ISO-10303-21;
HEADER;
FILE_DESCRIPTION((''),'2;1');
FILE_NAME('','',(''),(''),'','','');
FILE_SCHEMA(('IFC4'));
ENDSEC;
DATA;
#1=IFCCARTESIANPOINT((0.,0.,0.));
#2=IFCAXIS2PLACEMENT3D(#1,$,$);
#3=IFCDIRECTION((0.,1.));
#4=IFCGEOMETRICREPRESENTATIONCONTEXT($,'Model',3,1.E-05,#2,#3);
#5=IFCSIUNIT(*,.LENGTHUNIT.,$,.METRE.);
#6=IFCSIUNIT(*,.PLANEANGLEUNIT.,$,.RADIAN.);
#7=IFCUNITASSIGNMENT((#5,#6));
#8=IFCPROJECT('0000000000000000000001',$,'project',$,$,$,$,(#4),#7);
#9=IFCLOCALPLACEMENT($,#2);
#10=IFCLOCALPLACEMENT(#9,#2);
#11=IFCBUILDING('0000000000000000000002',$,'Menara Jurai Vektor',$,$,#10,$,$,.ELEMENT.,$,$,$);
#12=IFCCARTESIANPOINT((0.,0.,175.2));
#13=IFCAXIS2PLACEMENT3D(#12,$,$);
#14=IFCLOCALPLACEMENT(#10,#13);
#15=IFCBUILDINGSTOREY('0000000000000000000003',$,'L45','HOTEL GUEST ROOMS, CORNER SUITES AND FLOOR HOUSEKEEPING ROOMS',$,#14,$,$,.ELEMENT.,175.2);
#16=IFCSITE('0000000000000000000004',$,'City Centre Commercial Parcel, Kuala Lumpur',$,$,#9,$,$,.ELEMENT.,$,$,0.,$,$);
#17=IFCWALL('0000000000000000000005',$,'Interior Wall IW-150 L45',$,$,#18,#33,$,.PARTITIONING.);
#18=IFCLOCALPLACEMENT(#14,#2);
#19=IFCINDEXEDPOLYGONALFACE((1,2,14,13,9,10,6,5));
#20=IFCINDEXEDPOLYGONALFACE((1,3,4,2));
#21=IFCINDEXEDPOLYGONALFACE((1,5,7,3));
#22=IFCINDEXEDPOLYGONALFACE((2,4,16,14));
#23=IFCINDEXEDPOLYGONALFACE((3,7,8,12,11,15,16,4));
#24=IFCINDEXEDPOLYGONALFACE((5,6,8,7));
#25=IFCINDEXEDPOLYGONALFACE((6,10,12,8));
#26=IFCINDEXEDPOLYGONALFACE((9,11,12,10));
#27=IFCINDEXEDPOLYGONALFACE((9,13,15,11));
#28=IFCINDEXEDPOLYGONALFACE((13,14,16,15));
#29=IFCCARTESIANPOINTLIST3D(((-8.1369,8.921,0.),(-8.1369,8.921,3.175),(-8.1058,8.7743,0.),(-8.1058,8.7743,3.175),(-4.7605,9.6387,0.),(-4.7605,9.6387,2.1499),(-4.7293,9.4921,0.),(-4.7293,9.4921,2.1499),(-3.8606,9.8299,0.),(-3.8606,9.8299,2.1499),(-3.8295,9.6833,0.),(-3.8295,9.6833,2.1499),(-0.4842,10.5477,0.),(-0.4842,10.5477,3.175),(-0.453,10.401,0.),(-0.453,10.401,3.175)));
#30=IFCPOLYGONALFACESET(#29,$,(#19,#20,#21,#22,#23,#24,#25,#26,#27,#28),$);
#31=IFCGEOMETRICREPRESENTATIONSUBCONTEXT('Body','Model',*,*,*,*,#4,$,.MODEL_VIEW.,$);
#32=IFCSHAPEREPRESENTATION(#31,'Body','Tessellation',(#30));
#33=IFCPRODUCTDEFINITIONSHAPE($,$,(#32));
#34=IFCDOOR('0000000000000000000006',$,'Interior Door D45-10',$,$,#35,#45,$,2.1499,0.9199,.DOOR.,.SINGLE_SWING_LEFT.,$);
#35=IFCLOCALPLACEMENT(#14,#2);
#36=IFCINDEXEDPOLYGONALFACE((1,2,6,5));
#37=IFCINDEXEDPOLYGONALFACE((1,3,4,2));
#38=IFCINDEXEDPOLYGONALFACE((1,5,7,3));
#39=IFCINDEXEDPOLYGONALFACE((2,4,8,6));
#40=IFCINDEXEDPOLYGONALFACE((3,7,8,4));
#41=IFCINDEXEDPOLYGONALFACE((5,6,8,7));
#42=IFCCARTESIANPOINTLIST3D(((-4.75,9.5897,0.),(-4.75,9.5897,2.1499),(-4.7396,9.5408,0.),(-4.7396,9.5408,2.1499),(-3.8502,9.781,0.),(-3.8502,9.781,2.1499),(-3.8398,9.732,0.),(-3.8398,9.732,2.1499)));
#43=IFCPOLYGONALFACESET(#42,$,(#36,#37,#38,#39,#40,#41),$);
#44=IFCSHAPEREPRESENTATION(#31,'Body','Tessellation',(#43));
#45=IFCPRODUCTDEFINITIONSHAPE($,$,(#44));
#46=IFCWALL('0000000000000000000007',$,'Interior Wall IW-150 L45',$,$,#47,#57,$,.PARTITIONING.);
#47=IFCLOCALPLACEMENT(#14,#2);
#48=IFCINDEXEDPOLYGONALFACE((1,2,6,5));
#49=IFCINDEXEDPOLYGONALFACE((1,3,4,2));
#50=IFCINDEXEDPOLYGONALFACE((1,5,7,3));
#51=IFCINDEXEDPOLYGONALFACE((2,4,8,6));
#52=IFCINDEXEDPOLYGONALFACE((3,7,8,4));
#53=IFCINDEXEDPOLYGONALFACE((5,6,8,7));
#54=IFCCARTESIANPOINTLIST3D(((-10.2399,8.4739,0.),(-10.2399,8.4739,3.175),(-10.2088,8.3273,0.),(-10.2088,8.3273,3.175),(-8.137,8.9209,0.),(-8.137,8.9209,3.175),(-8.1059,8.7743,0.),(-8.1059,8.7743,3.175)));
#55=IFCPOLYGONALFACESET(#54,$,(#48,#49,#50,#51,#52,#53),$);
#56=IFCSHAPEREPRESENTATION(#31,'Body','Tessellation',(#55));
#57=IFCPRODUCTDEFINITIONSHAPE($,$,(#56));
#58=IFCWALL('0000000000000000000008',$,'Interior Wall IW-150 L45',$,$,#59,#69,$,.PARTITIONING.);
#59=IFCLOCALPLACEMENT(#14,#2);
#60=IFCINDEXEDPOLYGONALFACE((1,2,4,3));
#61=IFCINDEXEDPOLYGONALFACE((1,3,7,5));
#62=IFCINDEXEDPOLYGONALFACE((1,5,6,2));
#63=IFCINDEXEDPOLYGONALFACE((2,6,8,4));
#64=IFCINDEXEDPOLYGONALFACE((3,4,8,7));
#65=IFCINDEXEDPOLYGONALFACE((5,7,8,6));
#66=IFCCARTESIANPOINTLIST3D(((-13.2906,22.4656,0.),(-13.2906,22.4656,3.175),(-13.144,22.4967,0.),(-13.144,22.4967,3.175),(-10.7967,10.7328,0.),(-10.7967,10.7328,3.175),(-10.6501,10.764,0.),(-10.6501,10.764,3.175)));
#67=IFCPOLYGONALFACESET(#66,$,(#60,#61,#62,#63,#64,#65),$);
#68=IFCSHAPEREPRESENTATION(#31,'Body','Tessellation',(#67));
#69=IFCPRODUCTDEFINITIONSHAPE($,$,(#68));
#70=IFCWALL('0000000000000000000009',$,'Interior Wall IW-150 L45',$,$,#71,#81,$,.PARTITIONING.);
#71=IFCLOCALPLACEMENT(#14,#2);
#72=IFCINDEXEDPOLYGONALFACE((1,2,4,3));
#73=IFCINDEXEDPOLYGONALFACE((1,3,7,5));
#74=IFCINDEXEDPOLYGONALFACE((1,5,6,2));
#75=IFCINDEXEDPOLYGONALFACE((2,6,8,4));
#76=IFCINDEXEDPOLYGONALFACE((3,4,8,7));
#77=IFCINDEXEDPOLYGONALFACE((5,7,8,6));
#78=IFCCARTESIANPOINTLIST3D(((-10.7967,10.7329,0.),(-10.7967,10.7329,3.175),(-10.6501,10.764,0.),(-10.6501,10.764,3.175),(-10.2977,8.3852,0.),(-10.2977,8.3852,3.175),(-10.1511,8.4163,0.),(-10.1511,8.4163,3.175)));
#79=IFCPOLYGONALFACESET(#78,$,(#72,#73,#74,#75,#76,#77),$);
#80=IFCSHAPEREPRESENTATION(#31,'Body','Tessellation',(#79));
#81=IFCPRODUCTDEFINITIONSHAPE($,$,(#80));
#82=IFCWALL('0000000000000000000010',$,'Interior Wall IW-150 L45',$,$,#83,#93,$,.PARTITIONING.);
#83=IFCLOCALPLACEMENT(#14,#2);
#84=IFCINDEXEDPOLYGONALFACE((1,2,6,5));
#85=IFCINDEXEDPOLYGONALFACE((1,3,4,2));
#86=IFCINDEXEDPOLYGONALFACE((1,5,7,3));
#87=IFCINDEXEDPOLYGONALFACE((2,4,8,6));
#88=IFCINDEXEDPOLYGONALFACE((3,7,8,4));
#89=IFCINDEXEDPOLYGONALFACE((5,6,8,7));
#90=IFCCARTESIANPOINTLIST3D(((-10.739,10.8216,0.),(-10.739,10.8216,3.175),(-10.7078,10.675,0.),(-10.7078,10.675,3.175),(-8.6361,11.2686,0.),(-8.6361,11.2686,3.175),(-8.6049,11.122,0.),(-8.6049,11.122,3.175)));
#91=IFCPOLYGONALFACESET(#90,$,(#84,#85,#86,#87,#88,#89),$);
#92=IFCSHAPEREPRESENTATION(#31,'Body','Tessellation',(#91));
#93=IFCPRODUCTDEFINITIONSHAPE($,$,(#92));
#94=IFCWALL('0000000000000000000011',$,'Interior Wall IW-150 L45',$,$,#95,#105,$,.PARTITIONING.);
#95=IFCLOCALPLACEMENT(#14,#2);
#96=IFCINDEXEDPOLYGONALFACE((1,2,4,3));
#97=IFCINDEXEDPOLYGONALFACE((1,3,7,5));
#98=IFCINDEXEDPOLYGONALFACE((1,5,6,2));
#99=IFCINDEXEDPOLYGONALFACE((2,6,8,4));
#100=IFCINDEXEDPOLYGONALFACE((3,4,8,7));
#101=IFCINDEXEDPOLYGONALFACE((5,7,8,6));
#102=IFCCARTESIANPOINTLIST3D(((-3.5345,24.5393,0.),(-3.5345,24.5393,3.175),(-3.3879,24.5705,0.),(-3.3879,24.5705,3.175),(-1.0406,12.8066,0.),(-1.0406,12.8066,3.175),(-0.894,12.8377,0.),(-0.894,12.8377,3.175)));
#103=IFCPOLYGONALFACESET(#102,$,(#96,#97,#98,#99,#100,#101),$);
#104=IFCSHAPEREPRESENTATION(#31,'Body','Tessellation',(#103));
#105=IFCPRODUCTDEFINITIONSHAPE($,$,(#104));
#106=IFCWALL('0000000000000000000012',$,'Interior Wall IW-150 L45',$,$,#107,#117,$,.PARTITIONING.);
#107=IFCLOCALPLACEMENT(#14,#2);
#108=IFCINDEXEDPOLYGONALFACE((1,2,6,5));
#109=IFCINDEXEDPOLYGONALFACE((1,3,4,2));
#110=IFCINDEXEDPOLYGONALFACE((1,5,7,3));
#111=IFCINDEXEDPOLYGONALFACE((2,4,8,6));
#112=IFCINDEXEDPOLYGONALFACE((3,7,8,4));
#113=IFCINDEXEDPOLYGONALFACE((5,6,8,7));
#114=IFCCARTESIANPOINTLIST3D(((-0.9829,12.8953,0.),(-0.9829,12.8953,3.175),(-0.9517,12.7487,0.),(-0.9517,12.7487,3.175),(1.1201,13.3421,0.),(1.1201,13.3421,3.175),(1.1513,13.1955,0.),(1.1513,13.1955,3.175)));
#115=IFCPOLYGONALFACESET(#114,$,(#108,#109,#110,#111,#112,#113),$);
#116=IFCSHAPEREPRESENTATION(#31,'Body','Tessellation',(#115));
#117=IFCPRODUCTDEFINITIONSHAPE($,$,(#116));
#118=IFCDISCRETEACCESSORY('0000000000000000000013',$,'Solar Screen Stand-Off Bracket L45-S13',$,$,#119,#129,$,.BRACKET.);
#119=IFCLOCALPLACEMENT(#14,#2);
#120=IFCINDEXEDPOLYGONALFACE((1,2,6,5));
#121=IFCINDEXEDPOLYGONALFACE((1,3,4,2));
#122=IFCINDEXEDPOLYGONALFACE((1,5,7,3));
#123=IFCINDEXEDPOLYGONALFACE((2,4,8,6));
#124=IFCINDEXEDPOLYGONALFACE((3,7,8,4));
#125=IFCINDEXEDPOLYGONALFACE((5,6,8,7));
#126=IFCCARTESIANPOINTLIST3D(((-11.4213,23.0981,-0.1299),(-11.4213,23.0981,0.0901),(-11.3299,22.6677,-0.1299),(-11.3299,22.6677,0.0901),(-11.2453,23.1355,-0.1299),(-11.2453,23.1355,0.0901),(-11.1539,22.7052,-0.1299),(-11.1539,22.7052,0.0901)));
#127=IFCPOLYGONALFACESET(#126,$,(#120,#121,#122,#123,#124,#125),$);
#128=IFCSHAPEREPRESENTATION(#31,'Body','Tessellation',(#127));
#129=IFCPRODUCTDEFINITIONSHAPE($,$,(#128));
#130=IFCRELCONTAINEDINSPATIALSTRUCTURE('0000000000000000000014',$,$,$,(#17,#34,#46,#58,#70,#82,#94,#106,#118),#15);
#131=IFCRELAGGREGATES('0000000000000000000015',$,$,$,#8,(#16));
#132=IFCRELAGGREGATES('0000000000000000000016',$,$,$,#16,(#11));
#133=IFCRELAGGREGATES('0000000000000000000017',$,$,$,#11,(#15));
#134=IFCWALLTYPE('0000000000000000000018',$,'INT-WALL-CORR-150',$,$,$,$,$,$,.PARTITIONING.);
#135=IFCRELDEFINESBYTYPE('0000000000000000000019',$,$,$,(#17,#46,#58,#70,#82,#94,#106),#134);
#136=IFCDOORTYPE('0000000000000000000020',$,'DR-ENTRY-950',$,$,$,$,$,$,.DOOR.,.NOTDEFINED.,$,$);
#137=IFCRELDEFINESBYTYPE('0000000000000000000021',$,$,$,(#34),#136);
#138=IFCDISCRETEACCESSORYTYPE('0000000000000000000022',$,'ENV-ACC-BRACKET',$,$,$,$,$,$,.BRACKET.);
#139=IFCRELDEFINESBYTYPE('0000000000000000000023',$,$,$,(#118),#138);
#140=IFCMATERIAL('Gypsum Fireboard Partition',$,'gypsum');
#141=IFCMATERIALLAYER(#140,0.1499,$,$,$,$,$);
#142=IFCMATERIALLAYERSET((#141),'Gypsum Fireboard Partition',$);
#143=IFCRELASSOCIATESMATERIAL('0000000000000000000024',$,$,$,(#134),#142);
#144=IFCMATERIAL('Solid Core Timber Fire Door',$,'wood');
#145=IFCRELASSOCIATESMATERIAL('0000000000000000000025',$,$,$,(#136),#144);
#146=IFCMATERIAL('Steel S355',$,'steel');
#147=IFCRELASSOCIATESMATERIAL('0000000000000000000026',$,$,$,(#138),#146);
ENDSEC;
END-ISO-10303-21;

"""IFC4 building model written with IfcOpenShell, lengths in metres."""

from ifc_helpers import new_model, si_unit, direction, frame, frame_2d, origin, origin_2d, place, context, subcontext, project, spatial, rectangle, extrude, material, layer, layer_set, type_object, element, fill, save


model = new_model("IFC4")

# Units and contexts
model_context = context("Model", 3, precision=1e-05, world=origin(), true_north=direction((0.0, 1.0)))
body_context = subcontext(model_context, "Body", "Model", "MODEL_VIEW")
ifc_project = project(units=[si_unit("LENGTHUNIT", "METRE"), si_unit("PLANEANGLEUNIT", "RADIAN")], contexts=[model_context])

# Site, building, storey
site_placement = place(None, origin())
site = spatial("IfcSite", under=ifc_project, at=site_placement, Name="City Centre Commercial Parcel, Kuala Lumpur", CompositionType="ELEMENT", RefElevation=0.0)
building_placement = place(site_placement, origin())
building = spatial("IfcBuilding", under=site, at=building_placement, Name="Menara Jurai Vektor", CompositionType="ELEMENT")
storey_placement = place(building_placement, frame((0.0, 0.0, 175.2)))
storey = spatial("IfcBuildingStorey", under=building, at=storey_placement, Name="L45", Description="HOTEL GUEST ROOMS, CORNER SUITES AND FLOOR HOUSEKEEPING ROOMS", CompositionType="ELEMENT", Elevation=175.2)

# Shared definitions
ifc_material_1 = material(Name="Steel S355", Category="steel")

# Wall, opening, door
ifc_material_2 = material(Name="Gypsum Fireboard Partition", Category="gypsum")
ifc_layer_1 = layer(ifc_material_2, 0.1499)
ifc_layer_set_1 = layer_set([ifc_layer_1], Name="Gypsum Fireboard Partition")
wall_type = type_object("IfcWallType", Name="INT-WALL-CORR-150", PredefinedType="PARTITIONING", material=ifc_layer_set_1)
wall_1_placement = place(storey_placement, frame((-8.1213, 8.8477, 0.0), z_axis=(0.0, 0.0, 1.0), x_axis=(0.978146, 0.207918, 0.0)))
wall_1 = element("IfcWall", 1, at=wall_1_placement, inside=storey, type_object=wall_type, Name="Interior Wall IW-150 L45", PredefinedType="PARTITIONING", context=body_context, shape_type="SweptSolid", body=[
    extrude(rectangle(XDim=7.8237, YDim=0.1499, at=frame_2d((3.9119, 0.0))), origin(), (0.0, 0.0, 1.0), 3.175),
])
opening_1_placement = place(wall_1_placement, frame((3.4519, 0.0, 0.0)))
opening_1 = element("IfcOpeningElement", 2, at=opening_1_placement, cuts=wall_1, PredefinedType="OPENING", context=body_context, shape_type="SweptSolid", body=[
    extrude(rectangle(XDim=0.9199, YDim=2.1499, at=frame_2d((0.46, 1.075))), frame((0.0, 0.085, 0.0), z_axis=(0.0, -1.0, 0.0), x_axis=(1.0, 0.0, 0.0)), (0.0, 0.0, 1.0), 0.1699),
])
ifc_material_3 = material(Name="Solid Core Timber Fire Door", Category="wood")
door_type_1 = type_object("IfcDoorType", Name="DR-ENTRY-950", OperationType="NOTDEFINED", PredefinedType="DOOR", material=ifc_material_3)
door_1_placement = place(opening_1_placement, origin())
door_1 = element("IfcDoor", 3, at=door_1_placement, inside=storey, type_object=door_type_1, Name="Interior Door D45-10", OperationType="SINGLE_SWING_LEFT", OverallHeight=2.1499, OverallWidth=0.9199, PredefinedType="DOOR", context=body_context, shape_type="SweptSolid", body=[
    extrude(rectangle(XDim=0.9199, YDim=2.1499, at=frame_2d((0.46, 1.075))), frame((0.0, 0.0249, 0.0), z_axis=(0.0, -1.0, 0.0), x_axis=(1.0, 0.0, 0.0)), (0.0, 0.0, 1.0), 0.05),
])
fill(opening_1, door_1)

# Walls
wall_2_placement = place(storey_placement, frame((-10.2244, 8.4006, 0.0), z_axis=(0.0, 0.0, 1.0), x_axis=(0.978147, 0.207916, 0.0)))
element("IfcWall", 4, at=wall_2_placement, inside=storey, type_object=wall_type, Name="Interior Wall IW-150 L45", PredefinedType="PARTITIONING", context=body_context, shape_type="SweptSolid", body=[
    extrude(rectangle(XDim=2.1499, YDim=0.1499, at=frame_2d((1.075, 0.0))), origin(), (0.0, 0.0, 1.0), 3.175),
])
wall_3_placement = place(storey_placement, frame((-10.7234, 10.7483, 0.0), z_axis=(0.0, 0.0, 1.0), x_axis=(-0.207915, 0.978147, 0.0)))
element("IfcWall", 5, at=wall_3_placement, inside=storey, type_object=wall_type, Name="Interior Wall IW-150 L45", PredefinedType="PARTITIONING", context=body_context, shape_type="SweptSolid", body=[
    extrude(rectangle(XDim=11.9949, YDim=0.1499, at=frame_2d((5.9976, 0.0))), origin(), (0.0, 0.0, 1.0), 3.175),
])
wall_4_placement = place(storey_placement, frame((-10.2244, 8.4006, 0.0), z_axis=(0.0, 0.0, 1.0), x_axis=(-0.207917, 0.978146, 0.0)))
element("IfcWall", 6, at=wall_4_placement, inside=storey, type_object=wall_type, Name="Interior Wall IW-150 L45", PredefinedType="PARTITIONING", context=body_context, shape_type="SweptSolid", body=[
    extrude(rectangle(XDim=2.4001, YDim=0.1499, at=frame_2d((1.2002, 0.0))), origin(), (0.0, 0.0, 1.0), 3.175),
])
wall_5_placement = place(storey_placement, frame((-10.7234, 10.7483, 0.0), z_axis=(0.0, 0.0, 1.0), x_axis=(0.978147, 0.207916, 0.0)))
element("IfcWall", 7, at=wall_5_placement, inside=storey, type_object=wall_type, Name="Interior Wall IW-150 L45", PredefinedType="PARTITIONING", context=body_context, shape_type="SweptSolid", body=[
    extrude(rectangle(XDim=2.1499, YDim=0.1499, at=frame_2d((1.075, 0.0))), origin(), (0.0, 0.0, 1.0), 3.175),
])

# Walls
wall_6_placement = place(storey_placement, frame((-0.9673, 12.822, 0.0), z_axis=(0.0, 0.0, 1.0), x_axis=(-0.207915, 0.978147, 0.0)))
element("IfcWall", 8, at=wall_6_placement, inside=storey, type_object=wall_type, Name="Interior Wall IW-150 L45", PredefinedType="PARTITIONING", context=body_context, shape_type="SweptSolid", body=[
    extrude(rectangle(XDim=11.9949, YDim=0.1499, at=frame_2d((5.9976, 0.0))), origin(), (0.0, 0.0, 1.0), 3.175),
])
wall_7_placement = place(storey_placement, frame((-0.9673, 12.822, 0.0), z_axis=(0.0, 0.0, 1.0), x_axis=(0.97817, 0.207807, 0.0)))
element("IfcWall", 9, at=wall_7_placement, inside=storey, type_object=wall_type, Name="Interior Wall IW-150 L45", PredefinedType="PARTITIONING", context=body_context, shape_type="SweptSolid", body=[
    extrude(rectangle(XDim=2.1499, YDim=0.1499, at=frame_2d((1.075, 0.0))), origin(), (0.0, 0.0, 1.0), 3.175),
])

# Discrete accessory
discrete_accessory_type = type_object("IfcDiscreteAccessoryType", Name="ENV-ACC-BRACKET", PredefinedType="BRACKET", material=ifc_material_1)
discrete_accessory_placement = place(storey_placement, frame((-11.2876, 22.9016, -0.1299), z_axis=(0.0, 0.0, 1.0), x_axis=(-0.978148, -0.207912, 0.0)))
element("IfcDiscreteAccessory", 10, at=discrete_accessory_placement, inside=storey, type_object=discrete_accessory_type, Name="Solar Screen Stand-Off Bracket L45-S13", PredefinedType="BRACKET", context=body_context, shape_type="SweptSolid", body=[
    extrude(rectangle(XDim=0.1799, YDim=0.4399, at=origin_2d()), origin(), (0.0, 0.0, 1.0), 0.22),
])

save(model, "model.ifc")
